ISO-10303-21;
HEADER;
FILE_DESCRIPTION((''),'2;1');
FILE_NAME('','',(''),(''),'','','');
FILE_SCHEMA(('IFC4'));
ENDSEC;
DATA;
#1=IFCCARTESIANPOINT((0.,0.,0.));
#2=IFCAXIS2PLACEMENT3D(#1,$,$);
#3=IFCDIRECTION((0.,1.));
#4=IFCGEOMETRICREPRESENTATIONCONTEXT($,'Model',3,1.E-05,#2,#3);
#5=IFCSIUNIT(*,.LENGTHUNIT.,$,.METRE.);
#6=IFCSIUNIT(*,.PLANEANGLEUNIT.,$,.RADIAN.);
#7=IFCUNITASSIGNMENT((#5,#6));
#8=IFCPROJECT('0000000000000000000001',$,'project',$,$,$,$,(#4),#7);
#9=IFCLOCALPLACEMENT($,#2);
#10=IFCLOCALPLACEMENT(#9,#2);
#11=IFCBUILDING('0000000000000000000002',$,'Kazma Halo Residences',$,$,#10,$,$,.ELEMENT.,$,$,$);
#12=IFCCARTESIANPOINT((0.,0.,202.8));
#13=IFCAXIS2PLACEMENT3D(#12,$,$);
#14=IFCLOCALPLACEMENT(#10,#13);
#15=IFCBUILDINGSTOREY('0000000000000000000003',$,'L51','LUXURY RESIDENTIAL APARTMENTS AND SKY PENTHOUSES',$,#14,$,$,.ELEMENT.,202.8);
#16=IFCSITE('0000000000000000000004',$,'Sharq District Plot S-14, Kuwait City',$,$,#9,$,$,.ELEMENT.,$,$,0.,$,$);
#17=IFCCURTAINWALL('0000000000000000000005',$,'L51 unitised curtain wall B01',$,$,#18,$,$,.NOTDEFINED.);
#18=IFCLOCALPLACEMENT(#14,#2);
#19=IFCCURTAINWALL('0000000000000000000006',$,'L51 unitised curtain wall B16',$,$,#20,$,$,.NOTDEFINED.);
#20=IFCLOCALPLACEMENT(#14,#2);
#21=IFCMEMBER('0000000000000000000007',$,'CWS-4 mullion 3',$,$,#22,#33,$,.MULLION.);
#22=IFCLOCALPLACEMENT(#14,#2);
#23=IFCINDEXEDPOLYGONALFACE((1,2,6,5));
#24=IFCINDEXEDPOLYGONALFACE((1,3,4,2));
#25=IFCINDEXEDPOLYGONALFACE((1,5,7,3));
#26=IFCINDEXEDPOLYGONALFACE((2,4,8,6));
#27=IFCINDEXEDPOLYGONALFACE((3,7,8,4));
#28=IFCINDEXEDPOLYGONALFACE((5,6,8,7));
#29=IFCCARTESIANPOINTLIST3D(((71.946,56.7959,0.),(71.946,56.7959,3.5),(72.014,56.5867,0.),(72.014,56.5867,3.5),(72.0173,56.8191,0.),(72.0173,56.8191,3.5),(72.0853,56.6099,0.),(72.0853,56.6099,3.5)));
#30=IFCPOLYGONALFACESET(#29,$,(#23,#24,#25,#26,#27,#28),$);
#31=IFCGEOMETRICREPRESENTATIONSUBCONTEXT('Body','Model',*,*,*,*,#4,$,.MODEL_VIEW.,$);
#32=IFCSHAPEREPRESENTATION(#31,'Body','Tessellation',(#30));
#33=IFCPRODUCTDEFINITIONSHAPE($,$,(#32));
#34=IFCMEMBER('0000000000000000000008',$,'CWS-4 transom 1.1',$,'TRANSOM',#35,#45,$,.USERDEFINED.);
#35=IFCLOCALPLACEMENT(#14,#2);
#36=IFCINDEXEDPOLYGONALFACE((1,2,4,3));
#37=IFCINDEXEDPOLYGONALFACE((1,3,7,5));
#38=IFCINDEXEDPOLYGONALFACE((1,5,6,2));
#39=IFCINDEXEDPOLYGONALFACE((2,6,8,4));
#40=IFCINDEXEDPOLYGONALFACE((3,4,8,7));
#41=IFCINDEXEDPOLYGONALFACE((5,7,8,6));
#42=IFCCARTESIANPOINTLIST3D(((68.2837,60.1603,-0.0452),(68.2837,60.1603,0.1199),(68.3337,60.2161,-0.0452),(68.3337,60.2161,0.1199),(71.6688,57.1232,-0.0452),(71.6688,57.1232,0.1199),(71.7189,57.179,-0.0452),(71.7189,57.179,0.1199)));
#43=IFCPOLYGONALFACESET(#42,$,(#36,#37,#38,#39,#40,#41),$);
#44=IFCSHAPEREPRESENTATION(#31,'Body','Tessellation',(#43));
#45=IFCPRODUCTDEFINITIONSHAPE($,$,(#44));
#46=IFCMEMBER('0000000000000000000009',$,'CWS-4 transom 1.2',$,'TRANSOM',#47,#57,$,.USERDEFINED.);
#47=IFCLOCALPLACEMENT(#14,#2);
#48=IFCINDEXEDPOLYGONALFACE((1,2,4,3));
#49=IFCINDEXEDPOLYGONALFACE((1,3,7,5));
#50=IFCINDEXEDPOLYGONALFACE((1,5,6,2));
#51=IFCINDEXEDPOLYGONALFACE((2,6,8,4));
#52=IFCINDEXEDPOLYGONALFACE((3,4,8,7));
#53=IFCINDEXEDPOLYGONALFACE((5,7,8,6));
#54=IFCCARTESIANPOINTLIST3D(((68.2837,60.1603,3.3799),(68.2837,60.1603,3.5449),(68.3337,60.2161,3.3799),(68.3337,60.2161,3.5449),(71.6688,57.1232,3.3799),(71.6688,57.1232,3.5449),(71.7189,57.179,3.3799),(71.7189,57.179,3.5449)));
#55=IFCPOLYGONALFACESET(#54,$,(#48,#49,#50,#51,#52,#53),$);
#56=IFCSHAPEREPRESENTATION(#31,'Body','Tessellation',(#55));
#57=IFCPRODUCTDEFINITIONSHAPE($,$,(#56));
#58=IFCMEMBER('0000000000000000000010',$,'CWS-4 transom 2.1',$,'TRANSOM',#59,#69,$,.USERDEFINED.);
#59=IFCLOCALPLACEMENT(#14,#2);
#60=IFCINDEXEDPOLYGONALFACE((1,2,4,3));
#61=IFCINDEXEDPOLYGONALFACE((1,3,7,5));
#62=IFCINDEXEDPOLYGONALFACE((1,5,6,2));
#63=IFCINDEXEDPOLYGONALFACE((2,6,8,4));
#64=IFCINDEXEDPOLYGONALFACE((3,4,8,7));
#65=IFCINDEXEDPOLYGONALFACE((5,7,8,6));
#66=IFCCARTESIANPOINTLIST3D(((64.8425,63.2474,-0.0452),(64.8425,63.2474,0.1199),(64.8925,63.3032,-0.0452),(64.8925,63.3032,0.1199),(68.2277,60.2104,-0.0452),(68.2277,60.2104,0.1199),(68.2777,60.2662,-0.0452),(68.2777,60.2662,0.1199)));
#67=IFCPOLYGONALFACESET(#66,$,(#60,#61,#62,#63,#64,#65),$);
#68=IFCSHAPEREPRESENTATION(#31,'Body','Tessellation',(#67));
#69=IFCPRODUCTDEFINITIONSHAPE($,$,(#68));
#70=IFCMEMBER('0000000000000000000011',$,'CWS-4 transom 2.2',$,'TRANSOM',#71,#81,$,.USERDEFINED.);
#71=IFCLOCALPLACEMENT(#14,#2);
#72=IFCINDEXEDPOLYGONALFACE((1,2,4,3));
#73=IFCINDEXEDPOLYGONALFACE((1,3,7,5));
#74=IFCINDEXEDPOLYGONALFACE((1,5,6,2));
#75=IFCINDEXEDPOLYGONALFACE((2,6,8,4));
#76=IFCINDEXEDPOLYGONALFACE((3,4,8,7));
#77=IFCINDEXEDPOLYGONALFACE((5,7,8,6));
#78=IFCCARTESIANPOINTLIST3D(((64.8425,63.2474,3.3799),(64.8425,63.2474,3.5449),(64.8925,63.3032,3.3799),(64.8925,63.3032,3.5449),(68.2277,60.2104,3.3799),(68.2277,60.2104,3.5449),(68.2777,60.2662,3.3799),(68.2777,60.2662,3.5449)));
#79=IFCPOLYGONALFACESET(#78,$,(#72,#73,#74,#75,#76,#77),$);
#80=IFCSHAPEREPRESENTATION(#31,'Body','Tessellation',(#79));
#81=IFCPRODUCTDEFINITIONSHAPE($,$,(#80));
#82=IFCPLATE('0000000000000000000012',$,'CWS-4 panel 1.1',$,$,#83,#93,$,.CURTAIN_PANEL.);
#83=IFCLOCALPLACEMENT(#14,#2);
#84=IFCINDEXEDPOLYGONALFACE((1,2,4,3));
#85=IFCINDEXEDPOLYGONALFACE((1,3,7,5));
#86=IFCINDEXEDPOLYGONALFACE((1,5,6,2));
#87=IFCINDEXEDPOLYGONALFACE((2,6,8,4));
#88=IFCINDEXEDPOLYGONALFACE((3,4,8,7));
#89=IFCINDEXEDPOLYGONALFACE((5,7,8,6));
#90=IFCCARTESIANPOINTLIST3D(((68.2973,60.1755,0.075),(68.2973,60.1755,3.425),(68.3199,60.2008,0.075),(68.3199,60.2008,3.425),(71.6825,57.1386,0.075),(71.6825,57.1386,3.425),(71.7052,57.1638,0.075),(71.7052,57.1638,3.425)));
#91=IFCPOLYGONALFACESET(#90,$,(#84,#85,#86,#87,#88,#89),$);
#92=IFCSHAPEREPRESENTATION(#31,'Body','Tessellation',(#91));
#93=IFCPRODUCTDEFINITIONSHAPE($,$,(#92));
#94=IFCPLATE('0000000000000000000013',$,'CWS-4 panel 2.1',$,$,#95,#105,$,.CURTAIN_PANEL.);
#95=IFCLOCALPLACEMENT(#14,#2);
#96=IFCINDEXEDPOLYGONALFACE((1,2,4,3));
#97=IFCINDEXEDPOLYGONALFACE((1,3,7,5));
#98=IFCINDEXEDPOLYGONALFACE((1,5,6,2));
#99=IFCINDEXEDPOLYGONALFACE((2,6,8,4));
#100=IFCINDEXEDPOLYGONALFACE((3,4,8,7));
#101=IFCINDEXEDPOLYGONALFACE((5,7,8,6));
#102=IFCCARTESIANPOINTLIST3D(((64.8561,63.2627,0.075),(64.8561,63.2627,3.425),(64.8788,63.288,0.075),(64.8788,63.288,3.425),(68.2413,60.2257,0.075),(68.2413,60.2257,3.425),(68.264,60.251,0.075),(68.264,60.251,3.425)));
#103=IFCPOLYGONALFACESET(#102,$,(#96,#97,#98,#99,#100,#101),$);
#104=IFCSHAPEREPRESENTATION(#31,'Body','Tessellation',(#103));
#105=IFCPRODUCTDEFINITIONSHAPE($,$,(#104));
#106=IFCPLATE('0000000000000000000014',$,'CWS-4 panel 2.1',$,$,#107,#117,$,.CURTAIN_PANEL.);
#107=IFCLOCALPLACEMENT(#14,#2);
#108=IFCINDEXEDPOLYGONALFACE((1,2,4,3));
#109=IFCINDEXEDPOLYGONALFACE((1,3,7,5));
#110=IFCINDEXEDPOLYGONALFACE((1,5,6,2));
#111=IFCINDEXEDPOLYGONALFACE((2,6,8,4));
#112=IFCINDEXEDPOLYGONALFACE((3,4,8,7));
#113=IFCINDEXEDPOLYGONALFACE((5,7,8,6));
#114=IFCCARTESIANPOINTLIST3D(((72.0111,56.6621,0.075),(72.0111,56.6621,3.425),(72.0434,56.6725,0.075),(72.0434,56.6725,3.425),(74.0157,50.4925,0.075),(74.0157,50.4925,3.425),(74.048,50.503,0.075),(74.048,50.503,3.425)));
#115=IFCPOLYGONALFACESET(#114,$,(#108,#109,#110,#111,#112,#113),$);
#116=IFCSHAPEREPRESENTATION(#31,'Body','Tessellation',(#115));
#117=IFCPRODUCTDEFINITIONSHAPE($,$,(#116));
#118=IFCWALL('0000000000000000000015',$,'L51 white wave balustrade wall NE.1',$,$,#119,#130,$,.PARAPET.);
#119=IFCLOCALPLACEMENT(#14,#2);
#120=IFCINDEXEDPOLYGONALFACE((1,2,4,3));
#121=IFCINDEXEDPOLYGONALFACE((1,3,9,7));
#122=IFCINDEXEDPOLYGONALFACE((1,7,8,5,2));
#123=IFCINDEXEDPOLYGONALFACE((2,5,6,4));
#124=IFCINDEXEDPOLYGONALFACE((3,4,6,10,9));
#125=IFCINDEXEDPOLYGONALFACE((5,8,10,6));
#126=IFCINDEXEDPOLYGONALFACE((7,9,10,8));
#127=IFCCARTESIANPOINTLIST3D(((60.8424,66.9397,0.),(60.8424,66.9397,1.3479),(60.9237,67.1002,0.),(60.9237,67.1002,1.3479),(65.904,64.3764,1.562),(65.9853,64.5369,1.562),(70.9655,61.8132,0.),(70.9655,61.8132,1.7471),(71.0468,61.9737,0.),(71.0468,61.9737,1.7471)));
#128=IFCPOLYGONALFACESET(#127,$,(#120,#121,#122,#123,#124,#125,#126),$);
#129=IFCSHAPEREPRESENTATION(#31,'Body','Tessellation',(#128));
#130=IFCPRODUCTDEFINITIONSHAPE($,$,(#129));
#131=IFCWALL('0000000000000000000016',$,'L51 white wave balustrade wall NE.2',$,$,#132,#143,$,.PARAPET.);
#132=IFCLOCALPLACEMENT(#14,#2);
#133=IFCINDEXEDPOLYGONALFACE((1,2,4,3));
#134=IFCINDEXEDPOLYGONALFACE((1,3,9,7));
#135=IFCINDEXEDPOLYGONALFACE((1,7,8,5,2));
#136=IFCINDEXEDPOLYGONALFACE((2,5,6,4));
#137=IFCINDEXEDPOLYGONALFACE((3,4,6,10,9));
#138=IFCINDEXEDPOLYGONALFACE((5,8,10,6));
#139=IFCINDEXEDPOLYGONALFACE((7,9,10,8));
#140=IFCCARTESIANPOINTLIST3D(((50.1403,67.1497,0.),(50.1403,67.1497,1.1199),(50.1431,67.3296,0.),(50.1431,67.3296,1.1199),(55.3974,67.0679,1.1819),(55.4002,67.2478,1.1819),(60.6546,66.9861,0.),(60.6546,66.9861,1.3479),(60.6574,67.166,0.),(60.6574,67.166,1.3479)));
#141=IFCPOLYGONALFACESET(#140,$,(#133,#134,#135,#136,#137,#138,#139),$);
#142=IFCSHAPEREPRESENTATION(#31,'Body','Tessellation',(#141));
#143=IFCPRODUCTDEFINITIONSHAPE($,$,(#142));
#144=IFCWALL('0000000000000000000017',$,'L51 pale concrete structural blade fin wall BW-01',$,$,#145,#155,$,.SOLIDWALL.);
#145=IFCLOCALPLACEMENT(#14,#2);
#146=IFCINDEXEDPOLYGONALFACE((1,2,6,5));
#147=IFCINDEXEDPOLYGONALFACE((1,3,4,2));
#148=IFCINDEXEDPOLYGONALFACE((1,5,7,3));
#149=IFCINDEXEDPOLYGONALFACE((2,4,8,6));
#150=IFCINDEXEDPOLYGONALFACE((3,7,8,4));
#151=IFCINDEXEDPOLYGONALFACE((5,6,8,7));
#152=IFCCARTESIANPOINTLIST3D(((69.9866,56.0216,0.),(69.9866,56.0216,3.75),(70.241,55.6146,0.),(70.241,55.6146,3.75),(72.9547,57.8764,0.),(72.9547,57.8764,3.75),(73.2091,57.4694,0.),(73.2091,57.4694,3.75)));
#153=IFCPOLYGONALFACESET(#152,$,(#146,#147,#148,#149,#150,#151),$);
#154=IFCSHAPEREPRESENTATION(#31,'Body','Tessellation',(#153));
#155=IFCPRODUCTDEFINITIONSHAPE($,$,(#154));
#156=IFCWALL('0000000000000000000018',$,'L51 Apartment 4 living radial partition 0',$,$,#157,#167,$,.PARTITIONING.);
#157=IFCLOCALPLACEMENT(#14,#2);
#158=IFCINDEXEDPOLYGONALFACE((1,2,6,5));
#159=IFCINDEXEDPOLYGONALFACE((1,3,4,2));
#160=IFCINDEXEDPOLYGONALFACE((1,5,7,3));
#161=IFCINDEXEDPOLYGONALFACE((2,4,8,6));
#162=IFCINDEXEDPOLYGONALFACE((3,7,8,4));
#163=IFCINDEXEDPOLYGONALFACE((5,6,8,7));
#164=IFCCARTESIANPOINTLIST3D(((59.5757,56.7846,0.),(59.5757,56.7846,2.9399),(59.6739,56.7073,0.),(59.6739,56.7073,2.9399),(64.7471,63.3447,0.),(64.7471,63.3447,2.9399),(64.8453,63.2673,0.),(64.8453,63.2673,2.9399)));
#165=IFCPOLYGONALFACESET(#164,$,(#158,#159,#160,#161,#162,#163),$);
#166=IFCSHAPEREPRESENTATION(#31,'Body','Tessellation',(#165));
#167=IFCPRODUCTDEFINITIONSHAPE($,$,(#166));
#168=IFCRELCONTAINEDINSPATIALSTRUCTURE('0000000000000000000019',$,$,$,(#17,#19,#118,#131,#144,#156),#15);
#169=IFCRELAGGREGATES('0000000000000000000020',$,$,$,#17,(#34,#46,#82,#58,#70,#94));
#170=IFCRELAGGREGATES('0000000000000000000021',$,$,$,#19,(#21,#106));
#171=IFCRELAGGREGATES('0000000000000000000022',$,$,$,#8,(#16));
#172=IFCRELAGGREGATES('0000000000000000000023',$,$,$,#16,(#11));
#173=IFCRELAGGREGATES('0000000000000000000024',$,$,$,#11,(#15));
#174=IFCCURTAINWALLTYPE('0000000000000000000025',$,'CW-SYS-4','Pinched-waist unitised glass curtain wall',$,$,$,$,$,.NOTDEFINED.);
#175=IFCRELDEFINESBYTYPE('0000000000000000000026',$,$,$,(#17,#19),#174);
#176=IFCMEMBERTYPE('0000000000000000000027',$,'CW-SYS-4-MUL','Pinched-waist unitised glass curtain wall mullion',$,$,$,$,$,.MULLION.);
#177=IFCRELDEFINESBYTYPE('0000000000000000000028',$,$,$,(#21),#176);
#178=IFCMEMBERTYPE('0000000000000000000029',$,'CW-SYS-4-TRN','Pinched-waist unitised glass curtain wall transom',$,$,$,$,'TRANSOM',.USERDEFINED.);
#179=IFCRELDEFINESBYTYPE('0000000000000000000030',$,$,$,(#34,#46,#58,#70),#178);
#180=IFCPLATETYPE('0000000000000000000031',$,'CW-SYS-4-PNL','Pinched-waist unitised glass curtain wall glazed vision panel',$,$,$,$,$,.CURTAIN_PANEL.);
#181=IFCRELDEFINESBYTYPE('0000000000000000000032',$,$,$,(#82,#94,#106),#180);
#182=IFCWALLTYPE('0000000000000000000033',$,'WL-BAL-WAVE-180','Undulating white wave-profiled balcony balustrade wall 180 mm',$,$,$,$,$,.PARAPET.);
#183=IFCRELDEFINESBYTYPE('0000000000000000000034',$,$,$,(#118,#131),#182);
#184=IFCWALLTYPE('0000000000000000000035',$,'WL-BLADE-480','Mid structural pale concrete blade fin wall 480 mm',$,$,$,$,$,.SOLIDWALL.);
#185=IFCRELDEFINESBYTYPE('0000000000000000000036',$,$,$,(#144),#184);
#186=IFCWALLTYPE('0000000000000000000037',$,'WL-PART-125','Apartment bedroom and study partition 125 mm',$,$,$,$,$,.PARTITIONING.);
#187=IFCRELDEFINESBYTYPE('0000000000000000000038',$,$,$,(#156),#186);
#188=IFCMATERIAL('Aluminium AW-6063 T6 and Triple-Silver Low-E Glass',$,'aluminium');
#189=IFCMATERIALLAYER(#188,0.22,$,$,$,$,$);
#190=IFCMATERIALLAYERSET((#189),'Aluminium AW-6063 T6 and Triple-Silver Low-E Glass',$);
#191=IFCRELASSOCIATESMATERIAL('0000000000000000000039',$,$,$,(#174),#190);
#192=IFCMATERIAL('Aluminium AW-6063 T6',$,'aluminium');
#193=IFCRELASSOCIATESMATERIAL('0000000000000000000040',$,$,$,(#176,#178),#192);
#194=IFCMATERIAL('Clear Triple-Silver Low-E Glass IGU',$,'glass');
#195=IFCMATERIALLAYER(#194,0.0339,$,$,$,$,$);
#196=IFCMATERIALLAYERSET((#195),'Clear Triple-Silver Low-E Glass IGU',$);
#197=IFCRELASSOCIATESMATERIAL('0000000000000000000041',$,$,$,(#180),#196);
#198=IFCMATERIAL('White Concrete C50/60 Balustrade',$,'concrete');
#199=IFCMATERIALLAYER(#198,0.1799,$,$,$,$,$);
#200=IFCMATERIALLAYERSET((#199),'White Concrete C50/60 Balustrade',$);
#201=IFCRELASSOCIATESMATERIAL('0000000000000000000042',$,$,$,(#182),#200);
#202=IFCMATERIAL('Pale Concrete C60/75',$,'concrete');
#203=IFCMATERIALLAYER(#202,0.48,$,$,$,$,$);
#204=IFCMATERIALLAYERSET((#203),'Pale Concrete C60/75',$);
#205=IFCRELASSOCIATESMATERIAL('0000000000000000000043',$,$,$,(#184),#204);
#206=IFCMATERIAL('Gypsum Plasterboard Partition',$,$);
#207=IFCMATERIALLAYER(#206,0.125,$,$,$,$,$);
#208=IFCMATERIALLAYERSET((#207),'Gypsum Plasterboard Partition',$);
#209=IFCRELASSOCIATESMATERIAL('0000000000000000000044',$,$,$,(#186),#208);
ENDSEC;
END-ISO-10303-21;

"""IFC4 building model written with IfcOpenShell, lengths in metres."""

from ifc_helpers import new_model, si_unit, direction, frame, frame_2d, origin, origin_2d, place, context, subcontext, project, spatial, polyline, rectangle, outline, extrude, material, layer, layer_set, material_profile, profile_set, type_object, element, aggregate, save


model = new_model("IFC4")

# Units and contexts
model_context = context("Model", 3, precision=1e-05, world=origin(), true_north=direction((0.0, 1.0)))
body_context = subcontext(model_context, "Body", "Model", "MODEL_VIEW")
ifc_project = project(units=[si_unit("LENGTHUNIT", "METRE"), si_unit("PLANEANGLEUNIT", "RADIAN")], contexts=[model_context])

# Site, building, storey
site_placement = place(None, origin())
site = spatial("IfcSite", under=ifc_project, at=site_placement, Name="Sharq District Plot S-14, Kuwait City", CompositionType="ELEMENT", RefElevation=0.0)
building_placement = place(site_placement, origin())
building = spatial("IfcBuilding", under=site, at=building_placement, Name="Kazma Halo Residences", CompositionType="ELEMENT")
storey_placement = place(building_placement, frame((0.0, 0.0, 202.8)))
storey = spatial("IfcBuildingStorey", under=building, at=storey_placement, Name="L51", Description="LUXURY RESIDENTIAL APARTMENTS AND SKY PENTHOUSES", CompositionType="ELEMENT", Elevation=202.8)

# Curtain wall
ifc_material_1 = material(Name="Aluminium AW-6063 T6 and Triple-Silver Low-E Glass", Category="aluminium")
ifc_layer_1 = layer(ifc_material_1, 0.22)
ifc_layer_set_1 = layer_set([ifc_layer_1], Name="Aluminium AW-6063 T6 and Triple-Silver Low-E Glass")
curtain_wall_type = type_object("IfcCurtainWallType", Name="CW-SYS-4", Description="Pinched-waist unitised glass curtain wall", PredefinedType="NOTDEFINED", material=ifc_layer_set_1)
curtain_wall_1_placement = place(storey_placement, origin())
curtain_wall_1 = element("IfcCurtainWall", 1, at=curtain_wall_1_placement, inside=storey, type_object=curtain_wall_type, Name="L51 unitised curtain wall B01", PredefinedType="NOTDEFINED")
ifc_material_2 = material(Name="Aluminium AW-6063 T6", Category="aluminium")
ifc_material_profile_1 = material_profile(ifc_material_2, rectangle(XDim=0.075, YDim=0.22, at=origin_2d()), Name="CWM-75x220")
ifc_profile_set_1 = profile_set([ifc_material_profile_1], Name="Aluminium AW-6063 T6")
member_type_1 = type_object("IfcMemberType", Name="CW-SYS-4-MUL", Description="Pinched-waist unitised glass curtain wall mullion", PredefinedType="MULLION", material=ifc_profile_set_1)

# Curtain wall, member
curtain_wall_2_placement = place(storey_placement, origin())
curtain_wall_2 = element("IfcCurtainWall", 2, at=curtain_wall_2_placement, inside=storey, type_object=curtain_wall_type, Name="L51 unitised curtain wall B16", PredefinedType="NOTDEFINED")
member_1_placement = place(storey_placement, frame((72.0156, 56.7029, 0.0), z_axis=(0.0, 0.0, 1.0), x_axis=(-0.951057, -0.309016, 0.0)))
member_1 = element("IfcMember", 3, at=member_1_placement, type_object=member_type_1, Name="CWS-4 mullion 3", PredefinedType="MULLION", context=body_context, shape_type="SweptSolid", body=[
    extrude(rectangle(XDim=0.075, YDim=0.22, at=origin_2d()), origin(), (0.0, 0.0, 1.0), 3.5),
])

# Members
ifc_material_profile_2 = material_profile(ifc_material_2, rectangle(XDim=0.075, YDim=0.165, at=origin_2d()), Name="CWT-75x165")
ifc_profile_set_2 = profile_set([ifc_material_profile_2], Name="Aluminium AW-6063 T6")
member_type_2 = type_object("IfcMemberType", Name="CW-SYS-4-TRN", Description="Pinched-waist unitised glass curtain wall transom", ElementType="TRANSOM", PredefinedType="USERDEFINED", material=ifc_profile_set_2)
member_2_placement = place(storey_placement, frame((71.6938, 57.1511, 0.0374), z_axis=(-0.744345, 0.667795, 0.0), x_axis=(-0.667795, -0.744345, 0.0)))
member_2 = element("IfcMember", 4, at=member_2_placement, type_object=member_type_2, Name="CWS-4 transom 1.1", ObjectType="TRANSOM", PredefinedType="USERDEFINED", context=body_context, shape_type="SweptSolid", body=[
    extrude(rectangle(XDim=0.075, YDim=0.165, at=origin_2d()), origin(), (0.0, 0.0, 1.0), 4.5479),
])
member_3_placement = place(storey_placement, frame((71.6938, 57.1511, 3.4624), z_axis=(-0.744345, 0.667795, 0.0), x_axis=(-0.667795, -0.744345, 0.0)))
member_3 = element("IfcMember", 5, at=member_3_placement, type_object=member_type_2, Name="CWS-4 transom 1.2", ObjectType="TRANSOM", PredefinedType="USERDEFINED", context=body_context, shape_type="SweptSolid", body=[
    extrude(rectangle(XDim=0.075, YDim=0.165, at=origin_2d()), origin(), (0.0, 0.0, 1.0), 4.5479),
])
member_4_placement = place(storey_placement, frame((68.2527, 60.2383, 0.0374), z_axis=(-0.744345, 0.667795, 0.0), x_axis=(-0.667795, -0.744345, 0.0)))
member_4 = element("IfcMember", 6, at=member_4_placement, type_object=member_type_2, Name="CWS-4 transom 2.1", ObjectType="TRANSOM", PredefinedType="USERDEFINED", context=body_context, shape_type="SweptSolid", body=[
    extrude(rectangle(XDim=0.075, YDim=0.165, at=origin_2d()), origin(), (0.0, 0.0, 1.0), 4.5479),
])
member_5_placement = place(storey_placement, frame((68.2527, 60.2383, 3.4624), z_axis=(-0.744345, 0.667795, 0.0), x_axis=(-0.667795, -0.744345, 0.0)))
member_5 = element("IfcMember", 7, at=member_5_placement, type_object=member_type_2, Name="CWS-4 transom 2.2", ObjectType="TRANSOM", PredefinedType="USERDEFINED", context=body_context, shape_type="SweptSolid", body=[
    extrude(rectangle(XDim=0.075, YDim=0.165, at=origin_2d()), origin(), (0.0, 0.0, 1.0), 4.5479),
])

# Plates
ifc_material_3 = material(Name="Clear Triple-Silver Low-E Glass IGU", Category="glass")
ifc_layer_2 = layer(ifc_material_3, 0.0339)
ifc_layer_set_2 = layer_set([ifc_layer_2], Name="Clear Triple-Silver Low-E Glass IGU")
plate_type = type_object("IfcPlateType", Name="CW-SYS-4-PNL", Description="Pinched-waist unitised glass curtain wall glazed vision panel", PredefinedType="CURTAIN_PANEL", material=ifc_layer_set_2)
plate_1_placement = place(storey_placement, frame((70.0012, 58.6697, 0.075), z_axis=(0.0, 0.0, 1.0), x_axis=(-0.744355, 0.667784, 0.0)))
plate_1 = element("IfcPlate", 8, at=plate_1_placement, type_object=plate_type, Name="CWS-4 panel 1.1", PredefinedType="CURTAIN_PANEL", context=body_context, shape_type="SweptSolid", body=[
    extrude(rectangle(XDim=4.5479, YDim=0.0339, at=origin_2d()), origin(), (0.0, 0.0, 1.0), 3.3501),
])
plate_2_placement = place(storey_placement, frame((66.5601, 61.7568, 0.075), z_axis=(0.0, 0.0, 1.0), x_axis=(-0.744355, 0.667784, 0.0)))
plate_2 = element("IfcPlate", 9, at=plate_2_placement, type_object=plate_type, Name="CWS-4 panel 2.1", PredefinedType="CURTAIN_PANEL", context=body_context, shape_type="SweptSolid", body=[
    extrude(rectangle(XDim=4.5479, YDim=0.0339, at=origin_2d()), origin(), (0.0, 0.0, 1.0), 3.3501),
])
aggregate(curtain_wall_1, [member_2, member_3, plate_1, member_4, member_5, plate_2])
plate_3_placement = place(storey_placement, frame((73.0295, 53.5825, 0.075), z_axis=(0.0, 0.0, 1.0), x_axis=(-0.309016, 0.951057, 0.0)))
plate_3 = element("IfcPlate", 10, at=plate_3_placement, type_object=plate_type, Name="CWS-4 panel 2.1", PredefinedType="CURTAIN_PANEL", context=body_context, shape_type="SweptSolid", body=[
    extrude(rectangle(XDim=6.4871, YDim=0.0339, at=origin_2d()), origin(), (0.0, 0.0, 1.0), 3.3501),
])
aggregate(curtain_wall_2, [member_1, plate_3])

# Walls
ifc_material_4 = material(Name="White Concrete C50/60 Balustrade", Category="concrete")
ifc_layer_3 = layer(ifc_material_4, 0.1799)
ifc_layer_set_3 = layer_set([ifc_layer_3], Name="White Concrete C50/60 Balustrade")
wall_type_1 = type_object("IfcWallType", Name="WL-BAL-WAVE-180", Description="Undulating white wave-profiled balcony balustrade wall 180 mm", PredefinedType="PARAPET", material=ifc_layer_set_3)
wall_1_placement = place(storey_placement, frame((71.0061, 61.8933, 0.0), z_axis=(0.0, 0.0, 1.0), x_axis=(-0.892126, 0.451786, 0.0)))
element("IfcWall", 11, at=wall_1_placement, inside=storey, type_object=wall_type_1, Name="L51 white wave balustrade wall NE.1", PredefinedType="PARAPET", context=body_context, shape_type="SweptSolid", body=[
    extrude(outline(polyline([(0.0, 0.0), (11.3472, 0.0), (11.3472, 1.3479), (5.6736, 1.562), (0.0, 1.7471), (0.0, 0.0)])), frame((0.0, 0.0898, 0.0), z_axis=(0.0, -1.0, 0.0), x_axis=(1.0, 0.0, 0.0)), (0.0, 0.0, 1.0), 0.1799),
])
wall_2_placement = place(storey_placement, frame((60.656, 67.0759, 0.0), z_axis=(0.0, 0.0, 1.0), x_axis=(-0.999879, 0.015555, 0.0)))
element("IfcWall", 12, at=wall_2_placement, inside=storey, type_object=wall_type_1, Name="L51 white wave balustrade wall NE.2", PredefinedType="PARAPET", context=body_context, shape_type="SweptSolid", body=[
    extrude(outline(polyline([(0.0, 0.0), (10.5156, 0.0), (10.5156, 1.1199), (5.2578, 1.1819), (0.0, 1.3479), (0.0, 0.0)])), frame((0.0, 0.0898, 0.0), z_axis=(0.0, -1.0, 0.0), x_axis=(1.0, 0.0, 0.0)), (0.0, 0.0, 1.0), 0.1799),
])
ifc_material_5 = material(Name="Pale Concrete C60/75", Category="concrete")
ifc_layer_4 = layer(ifc_material_5, 0.48)
ifc_layer_set_4 = layer_set([ifc_layer_4], Name="Pale Concrete C60/75")
wall_type_2 = type_object("IfcWallType", Name="WL-BLADE-480", Description="Mid structural pale concrete blade fin wall 480 mm", PredefinedType="SOLIDWALL", material=ifc_layer_set_4)
wall_3_placement = place(storey_placement, frame((70.1138, 55.8181, 0.0), z_axis=(0.0, 0.0, 1.0), x_axis=(0.848034, 0.529943, 0.0)))
element("IfcWall", 13, at=wall_3_placement, inside=storey, type_object=wall_type_2, Name="L51 pale concrete structural blade fin wall BW-01", PredefinedType="SOLIDWALL", context=body_context, shape_type="SweptSolid", body=[
    extrude(rectangle(XDim=3.5, YDim=0.48, at=frame_2d((1.75, 0.0))), origin(), (0.0, 0.0, 1.0), 3.75),
])

# Wall
ifc_material_6 = material(Name="Gypsum Plasterboard Partition")
ifc_layer_5 = layer(ifc_material_6, 0.125)
ifc_layer_set_5 = layer_set([ifc_layer_5], Name="Gypsum Plasterboard Partition")
wall_type_3 = type_object("IfcWallType", Name="WL-PART-125", Description="Apartment bedroom and study partition 125 mm", PredefinedType="PARTITIONING", material=ifc_layer_set_5)
wall_4_placement = place(storey_placement, frame((59.6248, 56.7458, 0.0), z_axis=(0.0, 0.0, 1.0), x_axis=(0.619083, 0.785325, 0.0)))
element("IfcWall", 14, at=wall_4_placement, inside=storey, type_object=wall_type_3, Name="L51 Apartment 4 living radial partition 0", PredefinedType="PARTITIONING", context=body_context, shape_type="SweptSolid", body=[
    extrude(rectangle(XDim=8.3533, YDim=0.125, at=frame_2d((4.1768, 0.0))), origin(), (0.0, 0.0, 1.0), 2.9399),
])

save(model, "model.ifc")
